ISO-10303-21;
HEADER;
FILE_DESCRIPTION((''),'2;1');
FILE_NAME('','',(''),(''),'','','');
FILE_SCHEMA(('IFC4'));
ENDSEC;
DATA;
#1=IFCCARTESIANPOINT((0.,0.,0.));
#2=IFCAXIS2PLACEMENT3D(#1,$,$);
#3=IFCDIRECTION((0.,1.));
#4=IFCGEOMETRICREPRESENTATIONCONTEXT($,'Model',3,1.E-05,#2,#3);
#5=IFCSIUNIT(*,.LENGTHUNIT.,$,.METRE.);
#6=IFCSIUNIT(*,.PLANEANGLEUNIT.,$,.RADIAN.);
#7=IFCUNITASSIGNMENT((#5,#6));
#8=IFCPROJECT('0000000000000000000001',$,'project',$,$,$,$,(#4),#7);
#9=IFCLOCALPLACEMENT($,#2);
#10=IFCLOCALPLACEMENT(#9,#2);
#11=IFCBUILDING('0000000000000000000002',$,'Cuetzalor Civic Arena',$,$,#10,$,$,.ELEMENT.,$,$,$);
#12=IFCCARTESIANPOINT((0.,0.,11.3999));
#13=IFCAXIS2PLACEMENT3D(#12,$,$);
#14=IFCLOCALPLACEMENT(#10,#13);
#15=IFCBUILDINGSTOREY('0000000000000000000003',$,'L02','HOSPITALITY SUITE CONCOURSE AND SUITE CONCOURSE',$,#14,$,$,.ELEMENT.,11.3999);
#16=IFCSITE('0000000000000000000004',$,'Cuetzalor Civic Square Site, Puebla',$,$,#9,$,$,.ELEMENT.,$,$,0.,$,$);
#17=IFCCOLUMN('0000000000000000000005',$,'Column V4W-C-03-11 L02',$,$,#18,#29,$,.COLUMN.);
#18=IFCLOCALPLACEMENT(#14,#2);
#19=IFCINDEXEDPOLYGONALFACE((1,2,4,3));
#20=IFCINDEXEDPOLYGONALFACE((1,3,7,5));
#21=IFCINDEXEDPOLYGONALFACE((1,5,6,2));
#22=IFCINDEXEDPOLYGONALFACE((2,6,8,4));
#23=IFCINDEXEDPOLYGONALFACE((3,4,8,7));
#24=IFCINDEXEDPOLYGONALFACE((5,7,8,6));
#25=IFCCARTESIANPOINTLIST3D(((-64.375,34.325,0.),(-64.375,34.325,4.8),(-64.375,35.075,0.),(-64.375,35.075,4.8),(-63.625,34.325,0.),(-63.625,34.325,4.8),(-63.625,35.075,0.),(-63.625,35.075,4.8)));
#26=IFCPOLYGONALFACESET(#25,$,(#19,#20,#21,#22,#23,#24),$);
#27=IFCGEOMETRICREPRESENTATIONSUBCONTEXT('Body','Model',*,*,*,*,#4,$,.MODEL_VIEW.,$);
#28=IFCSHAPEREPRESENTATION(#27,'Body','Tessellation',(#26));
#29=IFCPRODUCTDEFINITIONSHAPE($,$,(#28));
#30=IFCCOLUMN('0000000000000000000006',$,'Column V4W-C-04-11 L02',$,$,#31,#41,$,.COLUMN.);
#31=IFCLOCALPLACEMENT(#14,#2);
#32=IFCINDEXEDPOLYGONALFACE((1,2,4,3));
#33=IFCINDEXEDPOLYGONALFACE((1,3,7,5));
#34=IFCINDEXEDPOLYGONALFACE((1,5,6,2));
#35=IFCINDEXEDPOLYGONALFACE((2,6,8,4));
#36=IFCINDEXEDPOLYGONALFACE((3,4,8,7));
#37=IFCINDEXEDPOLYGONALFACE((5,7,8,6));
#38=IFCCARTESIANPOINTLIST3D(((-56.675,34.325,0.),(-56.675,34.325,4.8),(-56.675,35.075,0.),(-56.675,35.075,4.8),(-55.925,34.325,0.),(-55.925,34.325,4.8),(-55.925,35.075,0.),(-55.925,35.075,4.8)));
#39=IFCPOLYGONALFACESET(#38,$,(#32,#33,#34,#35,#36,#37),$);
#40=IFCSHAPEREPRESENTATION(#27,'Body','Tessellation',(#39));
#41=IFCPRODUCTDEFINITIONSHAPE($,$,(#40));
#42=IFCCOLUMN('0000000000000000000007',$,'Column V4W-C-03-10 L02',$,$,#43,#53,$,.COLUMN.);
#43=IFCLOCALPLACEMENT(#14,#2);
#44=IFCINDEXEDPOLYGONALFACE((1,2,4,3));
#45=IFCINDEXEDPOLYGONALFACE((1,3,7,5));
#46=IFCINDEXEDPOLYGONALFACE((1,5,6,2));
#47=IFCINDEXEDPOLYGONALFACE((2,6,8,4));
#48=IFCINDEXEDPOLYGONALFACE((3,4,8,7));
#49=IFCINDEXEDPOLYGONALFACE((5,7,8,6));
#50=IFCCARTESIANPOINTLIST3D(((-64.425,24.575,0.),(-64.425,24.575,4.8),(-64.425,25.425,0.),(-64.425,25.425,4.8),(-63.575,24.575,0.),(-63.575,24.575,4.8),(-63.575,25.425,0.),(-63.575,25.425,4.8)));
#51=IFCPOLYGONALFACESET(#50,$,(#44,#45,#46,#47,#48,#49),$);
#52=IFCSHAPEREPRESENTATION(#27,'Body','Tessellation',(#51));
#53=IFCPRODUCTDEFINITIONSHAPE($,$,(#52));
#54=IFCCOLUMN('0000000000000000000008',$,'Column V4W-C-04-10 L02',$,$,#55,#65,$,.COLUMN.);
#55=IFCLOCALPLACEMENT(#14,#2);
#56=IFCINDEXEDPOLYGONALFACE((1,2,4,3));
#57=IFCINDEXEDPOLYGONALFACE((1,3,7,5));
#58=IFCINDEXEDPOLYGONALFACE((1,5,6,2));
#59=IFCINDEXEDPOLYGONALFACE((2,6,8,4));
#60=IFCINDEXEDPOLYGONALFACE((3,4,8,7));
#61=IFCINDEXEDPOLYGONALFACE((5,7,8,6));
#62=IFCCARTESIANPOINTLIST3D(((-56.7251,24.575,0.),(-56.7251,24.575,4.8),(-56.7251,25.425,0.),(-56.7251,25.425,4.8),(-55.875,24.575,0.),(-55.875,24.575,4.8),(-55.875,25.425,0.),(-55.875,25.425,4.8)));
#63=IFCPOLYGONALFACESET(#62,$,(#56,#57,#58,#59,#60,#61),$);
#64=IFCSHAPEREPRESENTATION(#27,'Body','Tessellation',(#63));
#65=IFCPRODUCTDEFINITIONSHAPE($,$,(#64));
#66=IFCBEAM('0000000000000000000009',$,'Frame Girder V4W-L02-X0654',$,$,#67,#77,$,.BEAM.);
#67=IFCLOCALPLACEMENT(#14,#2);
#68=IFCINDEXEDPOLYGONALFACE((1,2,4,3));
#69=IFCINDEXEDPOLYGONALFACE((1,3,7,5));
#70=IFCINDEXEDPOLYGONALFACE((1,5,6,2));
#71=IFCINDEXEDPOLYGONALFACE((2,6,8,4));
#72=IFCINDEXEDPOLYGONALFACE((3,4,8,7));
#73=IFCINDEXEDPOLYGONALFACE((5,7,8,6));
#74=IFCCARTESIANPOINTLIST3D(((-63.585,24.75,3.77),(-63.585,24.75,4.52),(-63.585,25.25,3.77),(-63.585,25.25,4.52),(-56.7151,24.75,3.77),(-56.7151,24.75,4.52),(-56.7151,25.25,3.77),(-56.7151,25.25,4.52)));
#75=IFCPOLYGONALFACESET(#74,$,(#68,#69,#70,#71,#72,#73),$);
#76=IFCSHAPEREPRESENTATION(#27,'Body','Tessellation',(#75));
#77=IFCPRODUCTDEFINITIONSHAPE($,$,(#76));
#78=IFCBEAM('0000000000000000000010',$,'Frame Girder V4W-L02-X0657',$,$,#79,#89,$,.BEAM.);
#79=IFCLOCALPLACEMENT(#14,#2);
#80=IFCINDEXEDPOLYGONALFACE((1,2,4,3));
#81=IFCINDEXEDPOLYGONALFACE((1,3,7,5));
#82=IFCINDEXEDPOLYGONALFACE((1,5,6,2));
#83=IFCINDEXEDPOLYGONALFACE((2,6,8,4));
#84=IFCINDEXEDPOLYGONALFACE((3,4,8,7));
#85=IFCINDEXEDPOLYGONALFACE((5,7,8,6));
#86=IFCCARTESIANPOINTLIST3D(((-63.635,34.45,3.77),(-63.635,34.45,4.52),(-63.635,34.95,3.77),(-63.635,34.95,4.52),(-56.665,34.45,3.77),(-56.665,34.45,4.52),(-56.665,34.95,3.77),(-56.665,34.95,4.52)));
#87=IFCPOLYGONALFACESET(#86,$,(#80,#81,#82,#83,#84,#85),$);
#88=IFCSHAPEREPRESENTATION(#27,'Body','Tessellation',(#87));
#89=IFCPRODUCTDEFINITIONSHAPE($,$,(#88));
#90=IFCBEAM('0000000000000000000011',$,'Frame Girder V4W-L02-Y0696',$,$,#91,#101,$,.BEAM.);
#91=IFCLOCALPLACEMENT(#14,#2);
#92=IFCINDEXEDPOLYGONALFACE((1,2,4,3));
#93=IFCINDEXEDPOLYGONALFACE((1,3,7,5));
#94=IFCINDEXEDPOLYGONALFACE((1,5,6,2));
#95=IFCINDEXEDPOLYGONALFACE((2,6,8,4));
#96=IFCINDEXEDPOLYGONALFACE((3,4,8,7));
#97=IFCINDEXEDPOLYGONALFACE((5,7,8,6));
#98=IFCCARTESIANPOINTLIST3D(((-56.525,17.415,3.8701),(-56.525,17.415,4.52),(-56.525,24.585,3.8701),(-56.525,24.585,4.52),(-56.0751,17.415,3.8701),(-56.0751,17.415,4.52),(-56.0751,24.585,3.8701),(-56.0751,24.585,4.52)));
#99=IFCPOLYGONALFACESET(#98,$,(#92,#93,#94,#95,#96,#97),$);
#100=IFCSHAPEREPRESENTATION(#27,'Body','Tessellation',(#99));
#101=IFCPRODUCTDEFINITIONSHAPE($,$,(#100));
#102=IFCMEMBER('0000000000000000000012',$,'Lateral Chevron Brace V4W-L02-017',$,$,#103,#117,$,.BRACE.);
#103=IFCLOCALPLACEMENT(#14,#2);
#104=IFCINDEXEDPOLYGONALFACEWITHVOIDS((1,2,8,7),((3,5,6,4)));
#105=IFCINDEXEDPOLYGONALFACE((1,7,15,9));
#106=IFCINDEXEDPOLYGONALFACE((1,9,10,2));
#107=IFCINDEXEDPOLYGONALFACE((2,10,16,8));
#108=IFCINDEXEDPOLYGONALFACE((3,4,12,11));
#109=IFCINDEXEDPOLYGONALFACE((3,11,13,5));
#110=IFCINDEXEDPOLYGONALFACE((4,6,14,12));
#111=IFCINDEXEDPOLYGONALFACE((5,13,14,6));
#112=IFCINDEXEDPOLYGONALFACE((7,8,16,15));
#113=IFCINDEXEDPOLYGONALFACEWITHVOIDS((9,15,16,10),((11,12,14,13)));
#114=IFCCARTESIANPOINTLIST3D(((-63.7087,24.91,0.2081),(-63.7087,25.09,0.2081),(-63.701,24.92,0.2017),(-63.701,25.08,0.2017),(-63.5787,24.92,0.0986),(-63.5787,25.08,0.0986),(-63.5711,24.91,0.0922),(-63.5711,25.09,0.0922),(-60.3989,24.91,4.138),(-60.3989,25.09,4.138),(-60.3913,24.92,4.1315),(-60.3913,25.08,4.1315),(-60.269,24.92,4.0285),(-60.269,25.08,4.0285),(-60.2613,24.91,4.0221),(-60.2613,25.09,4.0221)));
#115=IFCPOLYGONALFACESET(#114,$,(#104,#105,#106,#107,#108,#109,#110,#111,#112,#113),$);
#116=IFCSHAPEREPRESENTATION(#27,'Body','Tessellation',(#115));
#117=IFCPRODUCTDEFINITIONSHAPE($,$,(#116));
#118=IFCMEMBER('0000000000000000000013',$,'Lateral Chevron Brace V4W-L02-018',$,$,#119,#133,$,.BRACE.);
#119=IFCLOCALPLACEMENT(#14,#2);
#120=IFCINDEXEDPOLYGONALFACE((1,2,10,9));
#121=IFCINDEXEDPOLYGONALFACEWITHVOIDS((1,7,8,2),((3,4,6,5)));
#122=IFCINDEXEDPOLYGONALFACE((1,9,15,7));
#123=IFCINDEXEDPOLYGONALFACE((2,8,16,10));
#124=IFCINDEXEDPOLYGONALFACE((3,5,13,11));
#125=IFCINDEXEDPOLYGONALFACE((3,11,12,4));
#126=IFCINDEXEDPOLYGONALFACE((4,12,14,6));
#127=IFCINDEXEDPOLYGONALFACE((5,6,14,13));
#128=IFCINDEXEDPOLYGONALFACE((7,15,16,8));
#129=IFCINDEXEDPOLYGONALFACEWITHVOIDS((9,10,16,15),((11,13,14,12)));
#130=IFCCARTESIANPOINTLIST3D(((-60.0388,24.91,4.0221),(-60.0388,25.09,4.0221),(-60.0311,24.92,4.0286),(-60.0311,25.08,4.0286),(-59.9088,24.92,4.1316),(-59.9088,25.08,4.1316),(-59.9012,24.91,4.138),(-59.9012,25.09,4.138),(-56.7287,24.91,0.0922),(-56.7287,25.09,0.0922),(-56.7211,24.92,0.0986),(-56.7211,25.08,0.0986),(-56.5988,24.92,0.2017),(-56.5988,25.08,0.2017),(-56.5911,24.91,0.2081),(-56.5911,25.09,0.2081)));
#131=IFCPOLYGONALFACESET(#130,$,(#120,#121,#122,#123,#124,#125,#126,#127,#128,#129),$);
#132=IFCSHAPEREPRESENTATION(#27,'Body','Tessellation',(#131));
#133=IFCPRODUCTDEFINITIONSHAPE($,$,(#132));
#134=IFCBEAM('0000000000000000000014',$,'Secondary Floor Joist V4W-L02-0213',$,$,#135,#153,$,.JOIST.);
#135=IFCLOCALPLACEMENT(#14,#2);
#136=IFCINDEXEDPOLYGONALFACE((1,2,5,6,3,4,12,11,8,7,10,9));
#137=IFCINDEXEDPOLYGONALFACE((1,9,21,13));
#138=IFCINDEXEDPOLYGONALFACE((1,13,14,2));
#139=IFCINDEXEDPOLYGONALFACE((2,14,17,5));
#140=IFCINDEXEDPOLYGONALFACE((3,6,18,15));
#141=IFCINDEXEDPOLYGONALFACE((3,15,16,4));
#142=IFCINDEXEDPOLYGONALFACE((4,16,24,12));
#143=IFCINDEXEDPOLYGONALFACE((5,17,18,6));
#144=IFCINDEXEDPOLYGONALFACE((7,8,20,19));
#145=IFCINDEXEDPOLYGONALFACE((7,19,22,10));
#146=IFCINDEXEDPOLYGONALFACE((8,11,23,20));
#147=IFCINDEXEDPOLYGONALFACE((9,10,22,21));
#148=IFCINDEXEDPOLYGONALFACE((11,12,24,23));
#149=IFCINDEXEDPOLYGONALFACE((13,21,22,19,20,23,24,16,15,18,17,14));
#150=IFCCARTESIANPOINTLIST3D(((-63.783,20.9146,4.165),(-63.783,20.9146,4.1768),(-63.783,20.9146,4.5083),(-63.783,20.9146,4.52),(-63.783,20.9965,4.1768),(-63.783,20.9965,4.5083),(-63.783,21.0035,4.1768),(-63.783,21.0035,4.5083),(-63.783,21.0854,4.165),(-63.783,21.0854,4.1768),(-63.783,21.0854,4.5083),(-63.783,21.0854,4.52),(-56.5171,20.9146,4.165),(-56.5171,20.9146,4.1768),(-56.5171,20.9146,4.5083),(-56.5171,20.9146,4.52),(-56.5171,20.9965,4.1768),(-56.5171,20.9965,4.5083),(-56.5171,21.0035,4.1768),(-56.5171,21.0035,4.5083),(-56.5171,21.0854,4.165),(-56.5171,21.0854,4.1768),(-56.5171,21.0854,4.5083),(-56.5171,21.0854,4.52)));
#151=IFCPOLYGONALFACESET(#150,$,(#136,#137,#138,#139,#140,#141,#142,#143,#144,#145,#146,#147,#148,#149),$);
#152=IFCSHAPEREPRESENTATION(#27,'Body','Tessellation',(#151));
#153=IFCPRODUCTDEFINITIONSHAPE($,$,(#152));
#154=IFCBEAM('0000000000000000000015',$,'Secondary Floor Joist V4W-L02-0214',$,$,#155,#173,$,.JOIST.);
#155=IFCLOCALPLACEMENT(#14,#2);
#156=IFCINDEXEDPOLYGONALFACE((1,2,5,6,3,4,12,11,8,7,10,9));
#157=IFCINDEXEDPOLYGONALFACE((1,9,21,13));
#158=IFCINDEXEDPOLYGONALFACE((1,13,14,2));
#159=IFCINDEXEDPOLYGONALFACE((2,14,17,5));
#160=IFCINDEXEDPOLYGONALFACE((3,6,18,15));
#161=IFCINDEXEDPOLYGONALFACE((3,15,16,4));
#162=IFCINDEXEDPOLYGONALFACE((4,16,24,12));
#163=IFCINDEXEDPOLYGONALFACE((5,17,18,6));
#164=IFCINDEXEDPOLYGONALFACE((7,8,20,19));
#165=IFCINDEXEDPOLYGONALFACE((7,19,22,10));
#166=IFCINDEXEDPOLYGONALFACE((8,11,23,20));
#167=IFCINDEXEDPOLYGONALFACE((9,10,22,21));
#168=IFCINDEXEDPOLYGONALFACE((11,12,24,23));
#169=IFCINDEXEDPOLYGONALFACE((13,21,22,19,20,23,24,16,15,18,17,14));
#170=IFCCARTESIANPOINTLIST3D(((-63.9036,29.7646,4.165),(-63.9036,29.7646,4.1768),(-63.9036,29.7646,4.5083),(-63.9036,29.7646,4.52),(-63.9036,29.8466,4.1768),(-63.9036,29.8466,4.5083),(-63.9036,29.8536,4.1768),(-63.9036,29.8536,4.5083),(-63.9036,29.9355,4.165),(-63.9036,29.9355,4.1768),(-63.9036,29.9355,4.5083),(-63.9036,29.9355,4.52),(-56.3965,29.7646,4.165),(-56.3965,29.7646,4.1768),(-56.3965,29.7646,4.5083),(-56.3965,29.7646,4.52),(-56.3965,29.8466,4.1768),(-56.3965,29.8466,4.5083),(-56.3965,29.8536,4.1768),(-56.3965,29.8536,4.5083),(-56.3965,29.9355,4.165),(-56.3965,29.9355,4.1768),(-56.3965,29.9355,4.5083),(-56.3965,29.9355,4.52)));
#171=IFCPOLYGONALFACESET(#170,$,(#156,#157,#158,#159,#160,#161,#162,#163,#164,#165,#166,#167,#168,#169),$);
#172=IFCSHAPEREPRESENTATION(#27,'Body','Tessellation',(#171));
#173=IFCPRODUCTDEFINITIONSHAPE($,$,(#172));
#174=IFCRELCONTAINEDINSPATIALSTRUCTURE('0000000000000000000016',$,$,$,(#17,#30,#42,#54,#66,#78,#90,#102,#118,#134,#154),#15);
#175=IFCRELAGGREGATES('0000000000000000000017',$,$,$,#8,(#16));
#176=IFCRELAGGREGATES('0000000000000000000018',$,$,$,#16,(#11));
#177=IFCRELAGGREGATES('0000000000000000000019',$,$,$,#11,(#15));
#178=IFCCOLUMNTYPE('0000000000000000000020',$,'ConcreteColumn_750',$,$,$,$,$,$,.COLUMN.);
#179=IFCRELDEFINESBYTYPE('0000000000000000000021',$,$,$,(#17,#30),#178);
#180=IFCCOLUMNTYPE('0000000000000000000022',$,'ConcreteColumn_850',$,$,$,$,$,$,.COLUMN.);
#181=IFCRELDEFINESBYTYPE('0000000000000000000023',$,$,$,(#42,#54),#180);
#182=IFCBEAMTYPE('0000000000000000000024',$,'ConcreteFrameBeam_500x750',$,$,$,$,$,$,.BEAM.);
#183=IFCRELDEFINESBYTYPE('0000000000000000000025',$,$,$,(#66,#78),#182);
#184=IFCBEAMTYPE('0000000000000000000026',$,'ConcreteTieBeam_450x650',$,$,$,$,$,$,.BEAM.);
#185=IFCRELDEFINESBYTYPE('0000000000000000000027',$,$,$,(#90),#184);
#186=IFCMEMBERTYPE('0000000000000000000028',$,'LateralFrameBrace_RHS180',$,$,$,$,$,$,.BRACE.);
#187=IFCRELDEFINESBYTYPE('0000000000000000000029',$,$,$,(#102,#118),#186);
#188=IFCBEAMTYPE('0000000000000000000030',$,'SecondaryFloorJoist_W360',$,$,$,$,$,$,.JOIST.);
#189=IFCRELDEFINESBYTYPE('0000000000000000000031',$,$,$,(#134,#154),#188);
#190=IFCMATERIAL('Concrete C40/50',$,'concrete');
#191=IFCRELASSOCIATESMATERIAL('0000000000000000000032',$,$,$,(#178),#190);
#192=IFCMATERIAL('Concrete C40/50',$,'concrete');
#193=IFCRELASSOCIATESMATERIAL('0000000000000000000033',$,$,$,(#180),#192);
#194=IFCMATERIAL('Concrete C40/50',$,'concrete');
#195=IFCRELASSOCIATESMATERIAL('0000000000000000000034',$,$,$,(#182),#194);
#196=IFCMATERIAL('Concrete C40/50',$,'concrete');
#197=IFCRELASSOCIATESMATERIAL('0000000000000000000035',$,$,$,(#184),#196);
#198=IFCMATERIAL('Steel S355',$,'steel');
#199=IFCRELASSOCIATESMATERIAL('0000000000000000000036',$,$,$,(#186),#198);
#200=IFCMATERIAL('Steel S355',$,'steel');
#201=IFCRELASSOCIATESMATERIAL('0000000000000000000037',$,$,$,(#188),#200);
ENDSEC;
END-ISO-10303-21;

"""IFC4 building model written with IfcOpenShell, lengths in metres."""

from ifc_helpers import new_model, si_unit, direction, frame, origin, origin_2d, place, context, subcontext, project, spatial, rectangle, hollow_rectangle, i_section, extrude, material, material_profile, profile_set, type_object, element, save


model = new_model("IFC4")

# Units and contexts
model_context = context("Model", 3, precision=1e-05, world=origin(), true_north=direction((0.0, 1.0)))
body_context = subcontext(model_context, "Body", "Model", "MODEL_VIEW")
ifc_project = project(units=[si_unit("LENGTHUNIT", "METRE"), si_unit("PLANEANGLEUNIT", "RADIAN")], contexts=[model_context])

# Site, building, storey
site_placement = place(None, origin())
site = spatial("IfcSite", under=ifc_project, at=site_placement, Name="Cuetzalor Civic Square Site, Puebla", CompositionType="ELEMENT", RefElevation=0.0)
building_placement = place(site_placement, origin())
building = spatial("IfcBuilding", under=site, at=building_placement, Name="Cuetzalor Civic Arena", CompositionType="ELEMENT")
storey_placement = place(building_placement, frame((0.0, 0.0, 11.3999)))
storey = spatial("IfcBuildingStorey", under=building, at=storey_placement, Name="L02", Description="HOSPITALITY SUITE CONCOURSE AND SUITE CONCOURSE", CompositionType="ELEMENT", Elevation=11.3999)

# Columns
ifc_material_1 = material(Name="Concrete C40/50", Category="concrete")
ifc_material_profile_1 = material_profile(ifc_material_1, rectangle(XDim=0.75, YDim=0.75, at=origin_2d()), Name="RC 750x750")
ifc_profile_set_1 = profile_set([ifc_material_profile_1], Name="Concrete C40/50")
column_type_1 = type_object("IfcColumnType", Name="ConcreteColumn_750", PredefinedType="COLUMN", material=ifc_profile_set_1)
for number, where, z_axis, x_axis, name in (
    (1, (-64.0, 34.7, 0.0), (0.0, 0.0, 1.0), (1.0, 0.0, 0.0), "Column V4W-C-03-11 L02"),
    (2, (-56.3, 34.7, 0.0), (0.0, 0.0, 1.0), (1.0, 0.0, 0.0), "Column V4W-C-04-11 L02"),
):
    element("IfcColumn", number, at=place(storey_placement, frame(where, z_axis=z_axis, x_axis=x_axis)), inside=storey, type_object=column_type_1, Name=name, PredefinedType="COLUMN", context=body_context, shape_type="SweptSolid", body=[
        extrude(rectangle(XDim=0.75, YDim=0.75, at=origin_2d()), origin(), (0.0, 0.0, 1.0), 4.8),
    ])
ifc_material_2 = material(Name="Concrete C40/50", Category="concrete")
ifc_material_profile_2 = material_profile(ifc_material_2, rectangle(XDim=0.8501, YDim=0.8501, at=origin_2d()), Name="RC 850x850")
ifc_profile_set_2 = profile_set([ifc_material_profile_2], Name="Concrete C40/50")
column_type_2 = type_object("IfcColumnType", Name="ConcreteColumn_850", PredefinedType="COLUMN", material=ifc_profile_set_2)
for number, where, z_axis, x_axis, name in (
    (3, (-64.0, 25.0, 0.0), (0.0, 0.0, 1.0), (1.0, 0.0, 0.0), "Column V4W-C-03-10 L02"),
    (4, (-56.3, 25.0, 0.0), (0.0, 0.0, 1.0), (1.0, 0.0, 0.0), "Column V4W-C-04-10 L02"),
):
    element("IfcColumn", number, at=place(storey_placement, frame(where, z_axis=z_axis, x_axis=x_axis)), inside=storey, type_object=column_type_2, Name=name, PredefinedType="COLUMN", context=body_context, shape_type="SweptSolid", body=[
        extrude(rectangle(XDim=0.8501, YDim=0.8501, at=origin_2d()), origin(), (0.0, 0.0, 1.0), 4.8),
    ])

# Beams
ifc_material_3 = material(Name="Concrete C40/50", Category="concrete")
ifc_material_profile_3 = material_profile(ifc_material_3, rectangle(XDim=0.5, YDim=0.75, at=origin_2d()), Name="RC 500x750")
ifc_profile_set_3 = profile_set([ifc_material_profile_3], Name="Concrete C40/50")
beam_type_1 = type_object("IfcBeamType", Name="ConcreteFrameBeam_500x750", PredefinedType="BEAM", material=ifc_profile_set_3)
beam_1_placement = place(storey_placement, frame((-63.585, 25.0, 4.145), z_axis=(1.0, 0.0, 0.0), x_axis=(0.0, 1.0, 0.0)))
element("IfcBeam", 5, at=beam_1_placement, inside=storey, type_object=beam_type_1, Name="Frame Girder V4W-L02-X0654", PredefinedType="BEAM", context=body_context, shape_type="SweptSolid", body=[
    extrude(rectangle(XDim=0.5, YDim=0.75, at=origin_2d()), origin(), (0.0, 0.0, 1.0), 6.8699),
])
beam_2_placement = place(storey_placement, frame((-63.635, 34.7, 4.145), z_axis=(1.0, 0.0, 0.0), x_axis=(0.0, 1.0, 0.0)))
element("IfcBeam", 6, at=beam_2_placement, inside=storey, type_object=beam_type_1, Name="Frame Girder V4W-L02-X0657", PredefinedType="BEAM", context=body_context, shape_type="SweptSolid", body=[
    extrude(rectangle(XDim=0.5, YDim=0.75, at=origin_2d()), origin(), (0.0, 0.0, 1.0), 6.97),
])
ifc_material_4 = material(Name="Concrete C40/50", Category="concrete")
ifc_material_profile_4 = material_profile(ifc_material_4, rectangle(XDim=0.45, YDim=0.6499, at=origin_2d()), Name="RC 450x650")
ifc_profile_set_4 = profile_set([ifc_material_profile_4], Name="Concrete C40/50")
beam_type_2 = type_object("IfcBeamType", Name="ConcreteTieBeam_450x650", PredefinedType="BEAM", material=ifc_profile_set_4)
beam_3_placement = place(storey_placement, frame((-56.3, 17.415, 4.1951), z_axis=(0.0, 1.0, 0.0), x_axis=(-1.0, 0.0, 0.0)))
element("IfcBeam", 7, at=beam_3_placement, inside=storey, type_object=beam_type_2, Name="Frame Girder V4W-L02-Y0696", PredefinedType="BEAM", context=body_context, shape_type="SweptSolid", body=[
    extrude(rectangle(XDim=0.45, YDim=0.6499, at=origin_2d()), origin(), (0.0, 0.0, 1.0), 7.1699),
])

# Members
ifc_material_5 = material(Name="Steel S355", Category="steel")
ifc_material_profile_5 = material_profile(ifc_material_5, hollow_rectangle(XDim=0.1799, YDim=0.1799, WallThickness=0.01, at=origin_2d()), Name="RHS 180x180x10")
ifc_profile_set_5 = profile_set([ifc_material_profile_5], Name="Steel S355")
member_type = type_object("IfcMemberType", Name="LateralFrameBrace_RHS180", PredefinedType="BRACE", material=ifc_profile_set_5)
member_1_placement = place(storey_placement, frame((-63.6399, 25.0, 0.1501), z_axis=(0.644181, 0.0, 0.764873), x_axis=(0.0, 1.0, 0.0)))
element("IfcMember", 8, at=member_1_placement, inside=storey, type_object=member_type, Name="Lateral Chevron Brace V4W-L02-017", PredefinedType="BRACE", context=body_context, shape_type="SweptSolid", body=[
    extrude(hollow_rectangle(XDim=0.1799, YDim=0.1799, WallThickness=0.01, at=origin_2d()), origin(), (0.0, 0.0, 1.0), 5.1379),
])
member_2_placement = place(storey_placement, frame((-56.6599, 25.0, 0.1501), z_axis=(-0.644209, 0.0, 0.76485), x_axis=(0.0, -1.0, 0.0)))
element("IfcMember", 9, at=member_2_placement, inside=storey, type_object=member_type, Name="Lateral Chevron Brace V4W-L02-018", PredefinedType="BRACE", context=body_context, shape_type="SweptSolid", body=[
    extrude(hollow_rectangle(XDim=0.1799, YDim=0.1799, WallThickness=0.01, at=origin_2d()), origin(), (0.0, 0.0, 1.0), 5.1382),
])

# Beams
ifc_material_6 = material(Name="Steel S355", Category="steel")
ifc_material_profile_6 = material_profile(ifc_material_6, i_section(OverallWidth=0.1709, OverallDepth=0.355, WebThickness=0.0071, FlangeThickness=0.0117, at=origin_2d()), Name="W360x51")
ifc_profile_set_6 = profile_set([ifc_material_profile_6], Name="Steel S355")
beam_type_3 = type_object("IfcBeamType", Name="SecondaryFloorJoist_W360", PredefinedType="JOIST", material=ifc_profile_set_6)
beam_4_placement = place(storey_placement, frame((-63.783, 21.0, 4.3425), z_axis=(1.0, 0.0, 0.0), x_axis=(0.0, 1.0, 0.0)))
element("IfcBeam", 10, at=beam_4_placement, inside=storey, type_object=beam_type_3, Name="Secondary Floor Joist V4W-L02-0213", PredefinedType="JOIST", context=body_context, shape_type="SweptSolid", body=[
    extrude(i_section(OverallWidth=0.1709, OverallDepth=0.355, WebThickness=0.0071, FlangeThickness=0.0117, at=origin_2d()), origin(), (0.0, 0.0, 1.0), 7.2659),
])
beam_5_placement = place(storey_placement, frame((-63.9036, 29.8501, 4.3425), z_axis=(1.0, 0.0, 0.0), x_axis=(0.0, 1.0, 0.0)))
element("IfcBeam", 11, at=beam_5_placement, inside=storey, type_object=beam_type_3, Name="Secondary Floor Joist V4W-L02-0214", PredefinedType="JOIST", context=body_context, shape_type="SweptSolid", body=[
    extrude(i_section(OverallWidth=0.1709, OverallDepth=0.355, WebThickness=0.0071, FlangeThickness=0.0117, at=origin_2d()), origin(), (0.0, 0.0, 1.0), 7.5071),
])

save(model, "model.ifc")
